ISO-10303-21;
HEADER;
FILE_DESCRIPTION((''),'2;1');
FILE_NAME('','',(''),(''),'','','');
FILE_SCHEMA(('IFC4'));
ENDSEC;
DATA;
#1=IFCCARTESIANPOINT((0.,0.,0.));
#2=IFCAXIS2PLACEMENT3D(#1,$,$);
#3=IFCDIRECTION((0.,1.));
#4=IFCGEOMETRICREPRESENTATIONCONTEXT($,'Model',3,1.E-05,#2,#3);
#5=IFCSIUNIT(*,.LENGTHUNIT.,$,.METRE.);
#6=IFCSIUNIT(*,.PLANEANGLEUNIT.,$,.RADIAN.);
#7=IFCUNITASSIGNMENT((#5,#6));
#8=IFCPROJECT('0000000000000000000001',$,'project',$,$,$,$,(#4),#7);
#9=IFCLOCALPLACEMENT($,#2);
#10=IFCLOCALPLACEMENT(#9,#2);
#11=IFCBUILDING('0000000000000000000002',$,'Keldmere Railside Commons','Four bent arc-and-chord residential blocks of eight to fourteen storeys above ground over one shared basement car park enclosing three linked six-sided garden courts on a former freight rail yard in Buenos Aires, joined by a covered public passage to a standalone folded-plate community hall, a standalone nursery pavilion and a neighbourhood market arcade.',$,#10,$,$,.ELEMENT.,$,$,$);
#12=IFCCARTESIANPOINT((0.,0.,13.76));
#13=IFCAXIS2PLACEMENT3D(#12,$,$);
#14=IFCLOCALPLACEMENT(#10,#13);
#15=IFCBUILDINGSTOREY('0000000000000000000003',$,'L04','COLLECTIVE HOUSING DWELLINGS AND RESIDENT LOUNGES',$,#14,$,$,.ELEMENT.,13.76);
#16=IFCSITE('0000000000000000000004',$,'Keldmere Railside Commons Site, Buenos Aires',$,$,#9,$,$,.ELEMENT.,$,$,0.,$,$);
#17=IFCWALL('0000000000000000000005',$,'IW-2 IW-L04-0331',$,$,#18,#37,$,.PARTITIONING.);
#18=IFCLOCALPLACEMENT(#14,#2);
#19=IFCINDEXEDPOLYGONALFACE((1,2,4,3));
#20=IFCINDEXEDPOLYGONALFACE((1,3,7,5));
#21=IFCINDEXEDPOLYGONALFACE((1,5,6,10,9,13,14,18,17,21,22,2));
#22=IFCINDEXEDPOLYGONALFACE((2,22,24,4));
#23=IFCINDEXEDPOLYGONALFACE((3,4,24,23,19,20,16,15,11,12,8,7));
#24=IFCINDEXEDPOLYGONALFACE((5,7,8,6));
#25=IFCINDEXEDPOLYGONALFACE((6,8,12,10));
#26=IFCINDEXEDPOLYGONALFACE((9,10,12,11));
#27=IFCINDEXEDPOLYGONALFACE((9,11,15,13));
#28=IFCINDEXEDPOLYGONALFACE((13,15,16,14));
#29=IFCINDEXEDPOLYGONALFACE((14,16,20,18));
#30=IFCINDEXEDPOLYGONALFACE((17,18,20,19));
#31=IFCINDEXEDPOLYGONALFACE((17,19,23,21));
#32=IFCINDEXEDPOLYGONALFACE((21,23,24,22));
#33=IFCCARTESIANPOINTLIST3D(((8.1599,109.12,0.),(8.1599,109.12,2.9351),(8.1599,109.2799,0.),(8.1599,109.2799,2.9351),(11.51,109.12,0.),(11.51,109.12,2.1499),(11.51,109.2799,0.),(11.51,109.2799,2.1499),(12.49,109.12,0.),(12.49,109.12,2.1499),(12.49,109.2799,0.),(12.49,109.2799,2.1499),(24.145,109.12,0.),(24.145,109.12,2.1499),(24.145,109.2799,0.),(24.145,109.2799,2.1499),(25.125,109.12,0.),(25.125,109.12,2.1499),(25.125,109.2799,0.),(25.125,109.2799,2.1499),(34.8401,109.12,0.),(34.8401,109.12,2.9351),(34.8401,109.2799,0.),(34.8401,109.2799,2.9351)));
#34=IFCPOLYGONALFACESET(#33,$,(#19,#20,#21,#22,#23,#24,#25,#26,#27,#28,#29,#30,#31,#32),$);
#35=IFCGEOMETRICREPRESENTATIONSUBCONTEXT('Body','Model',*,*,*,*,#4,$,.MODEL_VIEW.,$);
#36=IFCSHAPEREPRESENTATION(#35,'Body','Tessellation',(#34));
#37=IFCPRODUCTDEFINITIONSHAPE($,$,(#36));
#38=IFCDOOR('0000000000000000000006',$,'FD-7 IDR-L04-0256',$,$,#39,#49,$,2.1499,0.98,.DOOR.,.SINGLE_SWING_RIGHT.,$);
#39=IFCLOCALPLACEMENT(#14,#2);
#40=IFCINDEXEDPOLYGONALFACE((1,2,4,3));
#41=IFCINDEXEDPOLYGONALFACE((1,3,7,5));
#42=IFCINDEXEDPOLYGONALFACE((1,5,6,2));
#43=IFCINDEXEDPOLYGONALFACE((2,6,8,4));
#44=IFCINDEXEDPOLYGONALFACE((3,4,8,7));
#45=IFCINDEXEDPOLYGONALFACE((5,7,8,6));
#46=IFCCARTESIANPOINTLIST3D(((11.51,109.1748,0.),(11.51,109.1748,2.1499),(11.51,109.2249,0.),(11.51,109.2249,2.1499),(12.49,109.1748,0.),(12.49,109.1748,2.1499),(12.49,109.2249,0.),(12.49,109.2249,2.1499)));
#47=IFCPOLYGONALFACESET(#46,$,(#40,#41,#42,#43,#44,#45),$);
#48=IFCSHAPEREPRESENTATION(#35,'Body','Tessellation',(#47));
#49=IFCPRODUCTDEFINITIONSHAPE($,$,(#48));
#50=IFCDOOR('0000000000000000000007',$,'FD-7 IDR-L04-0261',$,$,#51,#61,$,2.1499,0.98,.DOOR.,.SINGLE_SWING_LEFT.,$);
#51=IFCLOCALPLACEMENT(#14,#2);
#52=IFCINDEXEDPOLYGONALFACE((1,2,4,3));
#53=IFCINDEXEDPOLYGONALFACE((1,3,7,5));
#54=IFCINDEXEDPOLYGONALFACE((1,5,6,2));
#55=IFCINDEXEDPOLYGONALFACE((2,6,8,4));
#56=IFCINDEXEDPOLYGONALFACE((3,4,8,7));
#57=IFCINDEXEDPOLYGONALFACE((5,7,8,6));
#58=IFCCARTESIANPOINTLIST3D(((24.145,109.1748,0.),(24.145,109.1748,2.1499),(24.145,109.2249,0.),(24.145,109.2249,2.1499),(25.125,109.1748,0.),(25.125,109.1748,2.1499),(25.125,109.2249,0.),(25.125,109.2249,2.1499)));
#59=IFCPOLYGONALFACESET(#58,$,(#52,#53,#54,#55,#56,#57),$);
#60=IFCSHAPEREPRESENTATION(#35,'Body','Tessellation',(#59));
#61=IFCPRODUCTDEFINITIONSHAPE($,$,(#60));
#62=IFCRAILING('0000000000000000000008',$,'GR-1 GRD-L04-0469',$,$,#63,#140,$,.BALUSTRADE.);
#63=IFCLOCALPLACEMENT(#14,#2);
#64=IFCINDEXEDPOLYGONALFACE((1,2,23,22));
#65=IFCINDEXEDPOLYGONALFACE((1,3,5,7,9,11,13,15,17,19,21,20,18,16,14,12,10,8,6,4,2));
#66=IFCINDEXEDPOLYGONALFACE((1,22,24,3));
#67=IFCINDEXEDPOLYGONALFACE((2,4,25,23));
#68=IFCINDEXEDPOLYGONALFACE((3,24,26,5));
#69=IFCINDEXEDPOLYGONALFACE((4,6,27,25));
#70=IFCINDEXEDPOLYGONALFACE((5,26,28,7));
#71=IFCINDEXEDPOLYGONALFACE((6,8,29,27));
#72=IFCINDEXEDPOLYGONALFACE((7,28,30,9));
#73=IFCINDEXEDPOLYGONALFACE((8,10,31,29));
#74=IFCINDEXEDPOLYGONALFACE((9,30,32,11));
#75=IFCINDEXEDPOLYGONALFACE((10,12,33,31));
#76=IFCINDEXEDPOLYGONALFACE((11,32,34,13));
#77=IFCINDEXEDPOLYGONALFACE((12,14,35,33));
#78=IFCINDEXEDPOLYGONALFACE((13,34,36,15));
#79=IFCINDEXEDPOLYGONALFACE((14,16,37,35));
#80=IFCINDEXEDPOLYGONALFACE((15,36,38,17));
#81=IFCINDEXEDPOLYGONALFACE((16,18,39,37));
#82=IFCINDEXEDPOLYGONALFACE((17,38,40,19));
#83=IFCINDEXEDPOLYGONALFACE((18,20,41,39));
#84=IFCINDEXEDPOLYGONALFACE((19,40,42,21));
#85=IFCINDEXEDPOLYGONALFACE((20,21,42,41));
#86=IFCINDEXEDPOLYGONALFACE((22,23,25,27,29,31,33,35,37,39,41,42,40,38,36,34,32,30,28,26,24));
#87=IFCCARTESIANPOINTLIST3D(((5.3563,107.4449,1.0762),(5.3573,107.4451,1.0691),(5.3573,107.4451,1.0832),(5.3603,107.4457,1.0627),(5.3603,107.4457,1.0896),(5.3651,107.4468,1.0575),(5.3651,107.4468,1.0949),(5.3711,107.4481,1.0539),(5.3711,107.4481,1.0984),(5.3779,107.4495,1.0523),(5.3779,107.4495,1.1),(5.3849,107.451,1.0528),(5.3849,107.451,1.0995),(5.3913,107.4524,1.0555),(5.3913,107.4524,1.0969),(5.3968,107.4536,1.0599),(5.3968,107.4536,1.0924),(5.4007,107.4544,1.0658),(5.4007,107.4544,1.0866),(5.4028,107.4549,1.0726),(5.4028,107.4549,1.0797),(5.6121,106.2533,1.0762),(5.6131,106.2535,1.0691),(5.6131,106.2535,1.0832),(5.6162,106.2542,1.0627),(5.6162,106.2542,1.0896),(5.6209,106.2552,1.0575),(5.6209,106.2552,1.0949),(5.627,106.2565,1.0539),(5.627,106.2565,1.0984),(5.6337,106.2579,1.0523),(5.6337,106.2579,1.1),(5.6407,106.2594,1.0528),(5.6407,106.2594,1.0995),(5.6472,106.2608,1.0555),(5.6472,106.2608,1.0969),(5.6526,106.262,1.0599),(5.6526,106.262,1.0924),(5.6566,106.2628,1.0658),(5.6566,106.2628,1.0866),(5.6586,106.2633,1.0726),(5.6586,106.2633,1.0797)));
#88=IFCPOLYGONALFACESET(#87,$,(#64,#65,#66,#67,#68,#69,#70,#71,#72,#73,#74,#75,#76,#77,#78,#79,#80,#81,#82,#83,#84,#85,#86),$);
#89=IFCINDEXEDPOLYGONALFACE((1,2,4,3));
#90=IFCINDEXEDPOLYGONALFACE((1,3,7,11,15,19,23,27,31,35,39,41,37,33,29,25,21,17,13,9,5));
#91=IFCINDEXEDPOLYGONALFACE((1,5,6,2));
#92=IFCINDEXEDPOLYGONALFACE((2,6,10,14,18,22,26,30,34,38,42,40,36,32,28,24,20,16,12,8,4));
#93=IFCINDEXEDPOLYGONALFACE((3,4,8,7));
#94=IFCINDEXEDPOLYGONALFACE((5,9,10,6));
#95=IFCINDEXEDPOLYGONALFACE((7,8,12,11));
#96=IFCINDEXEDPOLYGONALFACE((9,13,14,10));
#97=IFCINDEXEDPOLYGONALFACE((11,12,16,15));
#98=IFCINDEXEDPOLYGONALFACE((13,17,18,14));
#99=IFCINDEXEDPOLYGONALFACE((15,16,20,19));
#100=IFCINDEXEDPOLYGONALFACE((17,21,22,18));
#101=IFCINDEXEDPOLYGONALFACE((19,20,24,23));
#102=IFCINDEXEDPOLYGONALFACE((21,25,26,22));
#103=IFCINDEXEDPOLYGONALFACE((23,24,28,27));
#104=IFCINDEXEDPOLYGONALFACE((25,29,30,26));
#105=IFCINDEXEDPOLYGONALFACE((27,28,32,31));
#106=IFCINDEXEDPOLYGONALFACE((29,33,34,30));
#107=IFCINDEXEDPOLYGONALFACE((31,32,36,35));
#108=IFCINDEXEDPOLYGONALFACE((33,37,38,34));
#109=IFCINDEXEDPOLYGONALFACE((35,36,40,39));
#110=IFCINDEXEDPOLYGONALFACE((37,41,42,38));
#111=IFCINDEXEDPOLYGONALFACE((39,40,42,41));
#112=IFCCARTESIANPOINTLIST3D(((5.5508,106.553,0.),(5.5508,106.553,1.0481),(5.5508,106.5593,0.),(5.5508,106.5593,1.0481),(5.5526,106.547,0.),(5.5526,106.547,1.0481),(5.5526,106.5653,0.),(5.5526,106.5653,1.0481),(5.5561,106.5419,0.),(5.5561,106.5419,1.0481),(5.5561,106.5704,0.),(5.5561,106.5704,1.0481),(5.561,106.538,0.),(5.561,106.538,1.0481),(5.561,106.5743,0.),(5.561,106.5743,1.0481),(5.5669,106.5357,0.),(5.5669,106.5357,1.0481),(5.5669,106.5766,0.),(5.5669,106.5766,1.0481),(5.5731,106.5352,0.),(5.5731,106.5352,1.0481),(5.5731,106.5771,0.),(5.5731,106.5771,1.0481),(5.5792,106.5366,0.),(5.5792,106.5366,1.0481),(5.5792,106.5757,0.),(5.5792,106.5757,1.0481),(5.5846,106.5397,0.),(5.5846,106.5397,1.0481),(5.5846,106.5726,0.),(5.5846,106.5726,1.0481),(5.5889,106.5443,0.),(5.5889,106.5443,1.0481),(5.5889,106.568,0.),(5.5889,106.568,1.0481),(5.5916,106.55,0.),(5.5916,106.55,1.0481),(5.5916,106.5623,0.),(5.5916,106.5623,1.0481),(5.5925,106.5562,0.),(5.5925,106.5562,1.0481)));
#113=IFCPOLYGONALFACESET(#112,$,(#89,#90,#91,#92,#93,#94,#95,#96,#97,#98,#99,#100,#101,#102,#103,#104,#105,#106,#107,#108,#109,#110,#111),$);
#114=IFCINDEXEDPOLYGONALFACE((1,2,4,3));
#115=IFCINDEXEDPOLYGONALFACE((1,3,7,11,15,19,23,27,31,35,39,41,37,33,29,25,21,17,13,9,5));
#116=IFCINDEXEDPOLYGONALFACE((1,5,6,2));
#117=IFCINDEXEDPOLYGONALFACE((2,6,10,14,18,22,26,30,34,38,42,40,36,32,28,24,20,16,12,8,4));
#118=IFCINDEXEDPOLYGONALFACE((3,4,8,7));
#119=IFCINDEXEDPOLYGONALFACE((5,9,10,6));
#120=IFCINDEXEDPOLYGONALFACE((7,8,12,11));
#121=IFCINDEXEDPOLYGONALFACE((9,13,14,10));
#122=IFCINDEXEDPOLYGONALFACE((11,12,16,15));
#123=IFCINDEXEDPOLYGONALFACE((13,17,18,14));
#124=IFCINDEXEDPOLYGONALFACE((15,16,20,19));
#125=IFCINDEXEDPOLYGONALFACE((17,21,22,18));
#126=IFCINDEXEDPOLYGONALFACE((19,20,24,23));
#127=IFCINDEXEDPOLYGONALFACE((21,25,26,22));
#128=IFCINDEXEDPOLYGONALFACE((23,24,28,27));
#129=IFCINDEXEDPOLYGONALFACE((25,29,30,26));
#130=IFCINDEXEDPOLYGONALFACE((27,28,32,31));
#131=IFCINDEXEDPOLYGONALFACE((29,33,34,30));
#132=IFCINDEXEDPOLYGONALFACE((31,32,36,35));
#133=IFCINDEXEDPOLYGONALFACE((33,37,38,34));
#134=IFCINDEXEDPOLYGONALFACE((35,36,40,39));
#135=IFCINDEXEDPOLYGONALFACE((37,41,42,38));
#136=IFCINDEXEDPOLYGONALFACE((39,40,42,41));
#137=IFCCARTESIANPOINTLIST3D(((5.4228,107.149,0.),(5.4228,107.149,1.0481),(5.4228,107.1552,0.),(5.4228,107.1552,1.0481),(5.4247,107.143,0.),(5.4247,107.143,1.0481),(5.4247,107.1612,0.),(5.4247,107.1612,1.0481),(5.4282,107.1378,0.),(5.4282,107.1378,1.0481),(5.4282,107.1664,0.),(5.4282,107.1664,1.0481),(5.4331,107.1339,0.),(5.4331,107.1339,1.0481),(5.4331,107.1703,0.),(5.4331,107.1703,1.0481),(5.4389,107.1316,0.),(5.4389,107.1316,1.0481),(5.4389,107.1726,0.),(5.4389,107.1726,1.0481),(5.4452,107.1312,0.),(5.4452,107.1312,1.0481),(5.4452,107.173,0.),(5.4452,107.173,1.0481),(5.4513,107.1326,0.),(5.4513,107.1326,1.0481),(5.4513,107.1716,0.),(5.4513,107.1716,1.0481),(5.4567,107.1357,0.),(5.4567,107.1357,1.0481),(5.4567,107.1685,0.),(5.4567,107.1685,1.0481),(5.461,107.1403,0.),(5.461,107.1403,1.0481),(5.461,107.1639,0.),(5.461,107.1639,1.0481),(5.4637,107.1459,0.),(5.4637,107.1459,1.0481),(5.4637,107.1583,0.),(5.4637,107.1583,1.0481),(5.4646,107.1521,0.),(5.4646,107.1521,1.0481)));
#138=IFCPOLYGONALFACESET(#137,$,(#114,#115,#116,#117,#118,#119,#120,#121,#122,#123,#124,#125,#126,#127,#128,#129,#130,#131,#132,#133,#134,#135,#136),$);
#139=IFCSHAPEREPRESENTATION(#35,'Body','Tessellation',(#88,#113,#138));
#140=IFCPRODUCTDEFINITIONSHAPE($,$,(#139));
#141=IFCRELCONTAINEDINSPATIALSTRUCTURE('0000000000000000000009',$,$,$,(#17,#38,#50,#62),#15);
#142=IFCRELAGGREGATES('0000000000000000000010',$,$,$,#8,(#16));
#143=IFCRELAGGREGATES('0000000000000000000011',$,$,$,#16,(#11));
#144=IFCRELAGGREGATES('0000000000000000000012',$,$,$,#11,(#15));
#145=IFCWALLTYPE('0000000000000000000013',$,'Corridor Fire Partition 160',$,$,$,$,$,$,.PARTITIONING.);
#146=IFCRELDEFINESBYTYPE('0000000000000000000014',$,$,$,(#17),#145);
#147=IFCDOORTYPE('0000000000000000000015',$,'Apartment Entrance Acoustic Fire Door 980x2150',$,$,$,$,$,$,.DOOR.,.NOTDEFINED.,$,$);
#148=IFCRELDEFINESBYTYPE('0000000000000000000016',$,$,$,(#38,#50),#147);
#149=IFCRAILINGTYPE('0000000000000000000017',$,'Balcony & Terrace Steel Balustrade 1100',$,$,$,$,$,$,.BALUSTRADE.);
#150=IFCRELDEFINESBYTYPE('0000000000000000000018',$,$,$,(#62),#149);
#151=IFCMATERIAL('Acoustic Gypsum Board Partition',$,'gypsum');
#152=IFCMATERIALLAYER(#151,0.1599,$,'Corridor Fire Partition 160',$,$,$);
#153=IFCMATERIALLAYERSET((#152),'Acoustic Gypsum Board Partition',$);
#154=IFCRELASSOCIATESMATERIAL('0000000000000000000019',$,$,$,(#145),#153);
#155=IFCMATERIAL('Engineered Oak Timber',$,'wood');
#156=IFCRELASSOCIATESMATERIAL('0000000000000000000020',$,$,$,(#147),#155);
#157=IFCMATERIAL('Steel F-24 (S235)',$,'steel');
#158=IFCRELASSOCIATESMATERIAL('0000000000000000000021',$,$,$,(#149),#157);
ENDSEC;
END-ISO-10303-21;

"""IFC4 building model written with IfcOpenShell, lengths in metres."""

from ifc_helpers import new_model, si_unit, direction, frame, frame_2d, origin, origin_2d, place, context, subcontext, project, spatial, rectangle, circle, extrude, material, layer, layer_set, type_object, element, fill, save


model = new_model("IFC4")

# Units and contexts
model_context = context("Model", 3, precision=1e-05, world=origin(), true_north=direction((0.0, 1.0)))
body_context = subcontext(model_context, "Body", "Model", "MODEL_VIEW")
ifc_project = project(units=[si_unit("LENGTHUNIT", "METRE"), si_unit("PLANEANGLEUNIT", "RADIAN")], contexts=[model_context])

# Site, building, storey
site_placement = place(None, origin())
site = spatial("IfcSite", under=ifc_project, at=site_placement, Name="Keldmere Railside Commons Site, Buenos Aires", CompositionType="ELEMENT", RefElevation=0.0)
building_placement = place(site_placement, origin())
building = spatial("IfcBuilding", under=site, at=building_placement, Name="Keldmere Railside Commons", Description="Four bent arc-and-chord residential blocks of eight to fourteen storeys above ground over one shared basement car park enclosing three linked six-sided garden courts on a former freight rail yard in Buenos Aires, joined by a covered public passage to a standalone folded-plate community hall, a standalone nursery pavilion and a neighbourhood market arcade.", CompositionType="ELEMENT")
storey_placement = place(building_placement, frame((0.0, 0.0, 13.76)))
storey = spatial("IfcBuildingStorey", under=building, at=storey_placement, Name="L04", Description="COLLECTIVE HOUSING DWELLINGS AND RESIDENT LOUNGES", CompositionType="ELEMENT", Elevation=13.76)

# Shared definitions
ifc_material_1 = material(Name="Acoustic Gypsum Board Partition", Category="gypsum")
ifc_material_2 = material(Name="Engineered Oak Timber", Category="wood")

# Shared definitions
ifc_layer_1 = layer(ifc_material_1, 0.1599, Name="Corridor Fire Partition 160")
ifc_layer_set_1 = layer_set([ifc_layer_1], Name="Acoustic Gypsum Board Partition")
wall_type_1 = type_object("IfcWallType", Name="Corridor Fire Partition 160", PredefinedType="PARTITIONING", material=ifc_layer_set_1)

# Wall, openings, doors
wall_1_placement = place(storey_placement, frame((8.1599, 109.2, 0.0), z_axis=(0.0, 0.0, 1.0), x_axis=(1.0, 0.0, 0.0)))
wall_1 = element("IfcWall", 1, at=wall_1_placement, inside=storey, type_object=wall_type_1, Name="IW-2 IW-L04-0331", PredefinedType="PARTITIONING", context=body_context, shape_type="SweptSolid", body=[
    extrude(rectangle(XDim=26.6802, YDim=0.1599, at=frame_2d((13.3401, 0.0))), origin(), (0.0, 0.0, 1.0), 2.9351),
])
opening_1_placement = place(wall_1_placement, frame((3.3501, 0.0, 0.0)))
opening_1 = element("IfcOpeningElement", 2, at=opening_1_placement, cuts=wall_1, PredefinedType="OPENING", context=body_context, shape_type="SweptSolid", body=[
    extrude(rectangle(XDim=0.98, YDim=2.1499, at=frame_2d((0.49, 1.075))), frame((0.0, 0.0898, 0.0), z_axis=(0.0, -1.0, 0.0), x_axis=(1.0, 0.0, 0.0)), (0.0, 0.0, 1.0), 0.1799),
])
opening_2_placement = place(wall_1_placement, frame((15.9851, 0.0, 0.0)))
opening_2 = element("IfcOpeningElement", 3, at=opening_2_placement, cuts=wall_1, PredefinedType="OPENING", context=body_context, shape_type="SweptSolid", body=[
    extrude(rectangle(XDim=0.98, YDim=2.1499, at=frame_2d((0.49, 1.075))), frame((0.0, 0.0898, 0.0), z_axis=(0.0, -1.0, 0.0), x_axis=(1.0, 0.0, 0.0)), (0.0, 0.0, 1.0), 0.1799),
])
door_type_1 = type_object("IfcDoorType", Name="Apartment Entrance Acoustic Fire Door 980x2150", OperationType="NOTDEFINED", PredefinedType="DOOR", material=ifc_material_2)
door_1_placement = place(opening_1_placement, origin())
door_1 = element("IfcDoor", 4, at=door_1_placement, inside=storey, type_object=door_type_1, Name="FD-7 IDR-L04-0256", OperationType="SINGLE_SWING_RIGHT", OverallHeight=2.1499, OverallWidth=0.98, PredefinedType="DOOR", context=body_context, shape_type="SweptSolid", body=[
    extrude(rectangle(XDim=0.98, YDim=2.1499, at=frame_2d((0.49, 1.075))), frame((0.0, 0.0249, 0.0), z_axis=(0.0, -1.0, 0.0), x_axis=(1.0, 0.0, 0.0)), (0.0, 0.0, 1.0), 0.05),
])
fill(opening_1, door_1)
door_2_placement = place(opening_2_placement, origin())
door_2 = element("IfcDoor", 5, at=door_2_placement, inside=storey, type_object=door_type_1, Name="FD-7 IDR-L04-0261", OperationType="SINGLE_SWING_LEFT", OverallHeight=2.1499, OverallWidth=0.98, PredefinedType="DOOR", context=body_context, shape_type="SweptSolid", body=[
    extrude(rectangle(XDim=0.98, YDim=2.1499, at=frame_2d((0.49, 1.075))), frame((0.0, 0.0249, 0.0), z_axis=(0.0, -1.0, 0.0), x_axis=(1.0, 0.0, 0.0)), (0.0, 0.0, 1.0), 0.05),
])
fill(opening_2, door_2)

# Railing
ifc_material_3 = material(Name="Steel F-24 (S235)", Category="steel")
railing_type = type_object("IfcRailingType", Name="Balcony & Terrace Steel Balustrade 1100", PredefinedType="BALUSTRADE", material=ifc_material_3)
railing_1_placement = place(storey_placement, frame((5.6355, 106.2583, 0.0)))
element("IfcRailing", 6, at=railing_1_placement, inside=storey, type_object=railing_type, Name="GR-1 GRD-L04-0469", PredefinedType="BALUSTRADE", context=body_context, shape_type="SweptSolid", body=[
    extrude(circle(Radius=0.0239, at=origin_2d()), frame((0.0, 0.0, 1.0762), z_axis=(-0.209926, 0.977717, 0.0), x_axis=(-0.977717, -0.209926, 0.0)), (0.0, 0.0, 1.0), 1.2188),
    extrude(circle(Radius=0.021, at=origin_2d()), frame((-0.064, 0.2979, 0.0)), (0.0, 0.0, 1.0), 1.0481),
    extrude(circle(Radius=0.021, at=origin_2d()), frame((-0.1919, 0.8938, 0.0)), (0.0, 0.0, 1.0), 1.0481),
])

save(model, "model.ifc")
